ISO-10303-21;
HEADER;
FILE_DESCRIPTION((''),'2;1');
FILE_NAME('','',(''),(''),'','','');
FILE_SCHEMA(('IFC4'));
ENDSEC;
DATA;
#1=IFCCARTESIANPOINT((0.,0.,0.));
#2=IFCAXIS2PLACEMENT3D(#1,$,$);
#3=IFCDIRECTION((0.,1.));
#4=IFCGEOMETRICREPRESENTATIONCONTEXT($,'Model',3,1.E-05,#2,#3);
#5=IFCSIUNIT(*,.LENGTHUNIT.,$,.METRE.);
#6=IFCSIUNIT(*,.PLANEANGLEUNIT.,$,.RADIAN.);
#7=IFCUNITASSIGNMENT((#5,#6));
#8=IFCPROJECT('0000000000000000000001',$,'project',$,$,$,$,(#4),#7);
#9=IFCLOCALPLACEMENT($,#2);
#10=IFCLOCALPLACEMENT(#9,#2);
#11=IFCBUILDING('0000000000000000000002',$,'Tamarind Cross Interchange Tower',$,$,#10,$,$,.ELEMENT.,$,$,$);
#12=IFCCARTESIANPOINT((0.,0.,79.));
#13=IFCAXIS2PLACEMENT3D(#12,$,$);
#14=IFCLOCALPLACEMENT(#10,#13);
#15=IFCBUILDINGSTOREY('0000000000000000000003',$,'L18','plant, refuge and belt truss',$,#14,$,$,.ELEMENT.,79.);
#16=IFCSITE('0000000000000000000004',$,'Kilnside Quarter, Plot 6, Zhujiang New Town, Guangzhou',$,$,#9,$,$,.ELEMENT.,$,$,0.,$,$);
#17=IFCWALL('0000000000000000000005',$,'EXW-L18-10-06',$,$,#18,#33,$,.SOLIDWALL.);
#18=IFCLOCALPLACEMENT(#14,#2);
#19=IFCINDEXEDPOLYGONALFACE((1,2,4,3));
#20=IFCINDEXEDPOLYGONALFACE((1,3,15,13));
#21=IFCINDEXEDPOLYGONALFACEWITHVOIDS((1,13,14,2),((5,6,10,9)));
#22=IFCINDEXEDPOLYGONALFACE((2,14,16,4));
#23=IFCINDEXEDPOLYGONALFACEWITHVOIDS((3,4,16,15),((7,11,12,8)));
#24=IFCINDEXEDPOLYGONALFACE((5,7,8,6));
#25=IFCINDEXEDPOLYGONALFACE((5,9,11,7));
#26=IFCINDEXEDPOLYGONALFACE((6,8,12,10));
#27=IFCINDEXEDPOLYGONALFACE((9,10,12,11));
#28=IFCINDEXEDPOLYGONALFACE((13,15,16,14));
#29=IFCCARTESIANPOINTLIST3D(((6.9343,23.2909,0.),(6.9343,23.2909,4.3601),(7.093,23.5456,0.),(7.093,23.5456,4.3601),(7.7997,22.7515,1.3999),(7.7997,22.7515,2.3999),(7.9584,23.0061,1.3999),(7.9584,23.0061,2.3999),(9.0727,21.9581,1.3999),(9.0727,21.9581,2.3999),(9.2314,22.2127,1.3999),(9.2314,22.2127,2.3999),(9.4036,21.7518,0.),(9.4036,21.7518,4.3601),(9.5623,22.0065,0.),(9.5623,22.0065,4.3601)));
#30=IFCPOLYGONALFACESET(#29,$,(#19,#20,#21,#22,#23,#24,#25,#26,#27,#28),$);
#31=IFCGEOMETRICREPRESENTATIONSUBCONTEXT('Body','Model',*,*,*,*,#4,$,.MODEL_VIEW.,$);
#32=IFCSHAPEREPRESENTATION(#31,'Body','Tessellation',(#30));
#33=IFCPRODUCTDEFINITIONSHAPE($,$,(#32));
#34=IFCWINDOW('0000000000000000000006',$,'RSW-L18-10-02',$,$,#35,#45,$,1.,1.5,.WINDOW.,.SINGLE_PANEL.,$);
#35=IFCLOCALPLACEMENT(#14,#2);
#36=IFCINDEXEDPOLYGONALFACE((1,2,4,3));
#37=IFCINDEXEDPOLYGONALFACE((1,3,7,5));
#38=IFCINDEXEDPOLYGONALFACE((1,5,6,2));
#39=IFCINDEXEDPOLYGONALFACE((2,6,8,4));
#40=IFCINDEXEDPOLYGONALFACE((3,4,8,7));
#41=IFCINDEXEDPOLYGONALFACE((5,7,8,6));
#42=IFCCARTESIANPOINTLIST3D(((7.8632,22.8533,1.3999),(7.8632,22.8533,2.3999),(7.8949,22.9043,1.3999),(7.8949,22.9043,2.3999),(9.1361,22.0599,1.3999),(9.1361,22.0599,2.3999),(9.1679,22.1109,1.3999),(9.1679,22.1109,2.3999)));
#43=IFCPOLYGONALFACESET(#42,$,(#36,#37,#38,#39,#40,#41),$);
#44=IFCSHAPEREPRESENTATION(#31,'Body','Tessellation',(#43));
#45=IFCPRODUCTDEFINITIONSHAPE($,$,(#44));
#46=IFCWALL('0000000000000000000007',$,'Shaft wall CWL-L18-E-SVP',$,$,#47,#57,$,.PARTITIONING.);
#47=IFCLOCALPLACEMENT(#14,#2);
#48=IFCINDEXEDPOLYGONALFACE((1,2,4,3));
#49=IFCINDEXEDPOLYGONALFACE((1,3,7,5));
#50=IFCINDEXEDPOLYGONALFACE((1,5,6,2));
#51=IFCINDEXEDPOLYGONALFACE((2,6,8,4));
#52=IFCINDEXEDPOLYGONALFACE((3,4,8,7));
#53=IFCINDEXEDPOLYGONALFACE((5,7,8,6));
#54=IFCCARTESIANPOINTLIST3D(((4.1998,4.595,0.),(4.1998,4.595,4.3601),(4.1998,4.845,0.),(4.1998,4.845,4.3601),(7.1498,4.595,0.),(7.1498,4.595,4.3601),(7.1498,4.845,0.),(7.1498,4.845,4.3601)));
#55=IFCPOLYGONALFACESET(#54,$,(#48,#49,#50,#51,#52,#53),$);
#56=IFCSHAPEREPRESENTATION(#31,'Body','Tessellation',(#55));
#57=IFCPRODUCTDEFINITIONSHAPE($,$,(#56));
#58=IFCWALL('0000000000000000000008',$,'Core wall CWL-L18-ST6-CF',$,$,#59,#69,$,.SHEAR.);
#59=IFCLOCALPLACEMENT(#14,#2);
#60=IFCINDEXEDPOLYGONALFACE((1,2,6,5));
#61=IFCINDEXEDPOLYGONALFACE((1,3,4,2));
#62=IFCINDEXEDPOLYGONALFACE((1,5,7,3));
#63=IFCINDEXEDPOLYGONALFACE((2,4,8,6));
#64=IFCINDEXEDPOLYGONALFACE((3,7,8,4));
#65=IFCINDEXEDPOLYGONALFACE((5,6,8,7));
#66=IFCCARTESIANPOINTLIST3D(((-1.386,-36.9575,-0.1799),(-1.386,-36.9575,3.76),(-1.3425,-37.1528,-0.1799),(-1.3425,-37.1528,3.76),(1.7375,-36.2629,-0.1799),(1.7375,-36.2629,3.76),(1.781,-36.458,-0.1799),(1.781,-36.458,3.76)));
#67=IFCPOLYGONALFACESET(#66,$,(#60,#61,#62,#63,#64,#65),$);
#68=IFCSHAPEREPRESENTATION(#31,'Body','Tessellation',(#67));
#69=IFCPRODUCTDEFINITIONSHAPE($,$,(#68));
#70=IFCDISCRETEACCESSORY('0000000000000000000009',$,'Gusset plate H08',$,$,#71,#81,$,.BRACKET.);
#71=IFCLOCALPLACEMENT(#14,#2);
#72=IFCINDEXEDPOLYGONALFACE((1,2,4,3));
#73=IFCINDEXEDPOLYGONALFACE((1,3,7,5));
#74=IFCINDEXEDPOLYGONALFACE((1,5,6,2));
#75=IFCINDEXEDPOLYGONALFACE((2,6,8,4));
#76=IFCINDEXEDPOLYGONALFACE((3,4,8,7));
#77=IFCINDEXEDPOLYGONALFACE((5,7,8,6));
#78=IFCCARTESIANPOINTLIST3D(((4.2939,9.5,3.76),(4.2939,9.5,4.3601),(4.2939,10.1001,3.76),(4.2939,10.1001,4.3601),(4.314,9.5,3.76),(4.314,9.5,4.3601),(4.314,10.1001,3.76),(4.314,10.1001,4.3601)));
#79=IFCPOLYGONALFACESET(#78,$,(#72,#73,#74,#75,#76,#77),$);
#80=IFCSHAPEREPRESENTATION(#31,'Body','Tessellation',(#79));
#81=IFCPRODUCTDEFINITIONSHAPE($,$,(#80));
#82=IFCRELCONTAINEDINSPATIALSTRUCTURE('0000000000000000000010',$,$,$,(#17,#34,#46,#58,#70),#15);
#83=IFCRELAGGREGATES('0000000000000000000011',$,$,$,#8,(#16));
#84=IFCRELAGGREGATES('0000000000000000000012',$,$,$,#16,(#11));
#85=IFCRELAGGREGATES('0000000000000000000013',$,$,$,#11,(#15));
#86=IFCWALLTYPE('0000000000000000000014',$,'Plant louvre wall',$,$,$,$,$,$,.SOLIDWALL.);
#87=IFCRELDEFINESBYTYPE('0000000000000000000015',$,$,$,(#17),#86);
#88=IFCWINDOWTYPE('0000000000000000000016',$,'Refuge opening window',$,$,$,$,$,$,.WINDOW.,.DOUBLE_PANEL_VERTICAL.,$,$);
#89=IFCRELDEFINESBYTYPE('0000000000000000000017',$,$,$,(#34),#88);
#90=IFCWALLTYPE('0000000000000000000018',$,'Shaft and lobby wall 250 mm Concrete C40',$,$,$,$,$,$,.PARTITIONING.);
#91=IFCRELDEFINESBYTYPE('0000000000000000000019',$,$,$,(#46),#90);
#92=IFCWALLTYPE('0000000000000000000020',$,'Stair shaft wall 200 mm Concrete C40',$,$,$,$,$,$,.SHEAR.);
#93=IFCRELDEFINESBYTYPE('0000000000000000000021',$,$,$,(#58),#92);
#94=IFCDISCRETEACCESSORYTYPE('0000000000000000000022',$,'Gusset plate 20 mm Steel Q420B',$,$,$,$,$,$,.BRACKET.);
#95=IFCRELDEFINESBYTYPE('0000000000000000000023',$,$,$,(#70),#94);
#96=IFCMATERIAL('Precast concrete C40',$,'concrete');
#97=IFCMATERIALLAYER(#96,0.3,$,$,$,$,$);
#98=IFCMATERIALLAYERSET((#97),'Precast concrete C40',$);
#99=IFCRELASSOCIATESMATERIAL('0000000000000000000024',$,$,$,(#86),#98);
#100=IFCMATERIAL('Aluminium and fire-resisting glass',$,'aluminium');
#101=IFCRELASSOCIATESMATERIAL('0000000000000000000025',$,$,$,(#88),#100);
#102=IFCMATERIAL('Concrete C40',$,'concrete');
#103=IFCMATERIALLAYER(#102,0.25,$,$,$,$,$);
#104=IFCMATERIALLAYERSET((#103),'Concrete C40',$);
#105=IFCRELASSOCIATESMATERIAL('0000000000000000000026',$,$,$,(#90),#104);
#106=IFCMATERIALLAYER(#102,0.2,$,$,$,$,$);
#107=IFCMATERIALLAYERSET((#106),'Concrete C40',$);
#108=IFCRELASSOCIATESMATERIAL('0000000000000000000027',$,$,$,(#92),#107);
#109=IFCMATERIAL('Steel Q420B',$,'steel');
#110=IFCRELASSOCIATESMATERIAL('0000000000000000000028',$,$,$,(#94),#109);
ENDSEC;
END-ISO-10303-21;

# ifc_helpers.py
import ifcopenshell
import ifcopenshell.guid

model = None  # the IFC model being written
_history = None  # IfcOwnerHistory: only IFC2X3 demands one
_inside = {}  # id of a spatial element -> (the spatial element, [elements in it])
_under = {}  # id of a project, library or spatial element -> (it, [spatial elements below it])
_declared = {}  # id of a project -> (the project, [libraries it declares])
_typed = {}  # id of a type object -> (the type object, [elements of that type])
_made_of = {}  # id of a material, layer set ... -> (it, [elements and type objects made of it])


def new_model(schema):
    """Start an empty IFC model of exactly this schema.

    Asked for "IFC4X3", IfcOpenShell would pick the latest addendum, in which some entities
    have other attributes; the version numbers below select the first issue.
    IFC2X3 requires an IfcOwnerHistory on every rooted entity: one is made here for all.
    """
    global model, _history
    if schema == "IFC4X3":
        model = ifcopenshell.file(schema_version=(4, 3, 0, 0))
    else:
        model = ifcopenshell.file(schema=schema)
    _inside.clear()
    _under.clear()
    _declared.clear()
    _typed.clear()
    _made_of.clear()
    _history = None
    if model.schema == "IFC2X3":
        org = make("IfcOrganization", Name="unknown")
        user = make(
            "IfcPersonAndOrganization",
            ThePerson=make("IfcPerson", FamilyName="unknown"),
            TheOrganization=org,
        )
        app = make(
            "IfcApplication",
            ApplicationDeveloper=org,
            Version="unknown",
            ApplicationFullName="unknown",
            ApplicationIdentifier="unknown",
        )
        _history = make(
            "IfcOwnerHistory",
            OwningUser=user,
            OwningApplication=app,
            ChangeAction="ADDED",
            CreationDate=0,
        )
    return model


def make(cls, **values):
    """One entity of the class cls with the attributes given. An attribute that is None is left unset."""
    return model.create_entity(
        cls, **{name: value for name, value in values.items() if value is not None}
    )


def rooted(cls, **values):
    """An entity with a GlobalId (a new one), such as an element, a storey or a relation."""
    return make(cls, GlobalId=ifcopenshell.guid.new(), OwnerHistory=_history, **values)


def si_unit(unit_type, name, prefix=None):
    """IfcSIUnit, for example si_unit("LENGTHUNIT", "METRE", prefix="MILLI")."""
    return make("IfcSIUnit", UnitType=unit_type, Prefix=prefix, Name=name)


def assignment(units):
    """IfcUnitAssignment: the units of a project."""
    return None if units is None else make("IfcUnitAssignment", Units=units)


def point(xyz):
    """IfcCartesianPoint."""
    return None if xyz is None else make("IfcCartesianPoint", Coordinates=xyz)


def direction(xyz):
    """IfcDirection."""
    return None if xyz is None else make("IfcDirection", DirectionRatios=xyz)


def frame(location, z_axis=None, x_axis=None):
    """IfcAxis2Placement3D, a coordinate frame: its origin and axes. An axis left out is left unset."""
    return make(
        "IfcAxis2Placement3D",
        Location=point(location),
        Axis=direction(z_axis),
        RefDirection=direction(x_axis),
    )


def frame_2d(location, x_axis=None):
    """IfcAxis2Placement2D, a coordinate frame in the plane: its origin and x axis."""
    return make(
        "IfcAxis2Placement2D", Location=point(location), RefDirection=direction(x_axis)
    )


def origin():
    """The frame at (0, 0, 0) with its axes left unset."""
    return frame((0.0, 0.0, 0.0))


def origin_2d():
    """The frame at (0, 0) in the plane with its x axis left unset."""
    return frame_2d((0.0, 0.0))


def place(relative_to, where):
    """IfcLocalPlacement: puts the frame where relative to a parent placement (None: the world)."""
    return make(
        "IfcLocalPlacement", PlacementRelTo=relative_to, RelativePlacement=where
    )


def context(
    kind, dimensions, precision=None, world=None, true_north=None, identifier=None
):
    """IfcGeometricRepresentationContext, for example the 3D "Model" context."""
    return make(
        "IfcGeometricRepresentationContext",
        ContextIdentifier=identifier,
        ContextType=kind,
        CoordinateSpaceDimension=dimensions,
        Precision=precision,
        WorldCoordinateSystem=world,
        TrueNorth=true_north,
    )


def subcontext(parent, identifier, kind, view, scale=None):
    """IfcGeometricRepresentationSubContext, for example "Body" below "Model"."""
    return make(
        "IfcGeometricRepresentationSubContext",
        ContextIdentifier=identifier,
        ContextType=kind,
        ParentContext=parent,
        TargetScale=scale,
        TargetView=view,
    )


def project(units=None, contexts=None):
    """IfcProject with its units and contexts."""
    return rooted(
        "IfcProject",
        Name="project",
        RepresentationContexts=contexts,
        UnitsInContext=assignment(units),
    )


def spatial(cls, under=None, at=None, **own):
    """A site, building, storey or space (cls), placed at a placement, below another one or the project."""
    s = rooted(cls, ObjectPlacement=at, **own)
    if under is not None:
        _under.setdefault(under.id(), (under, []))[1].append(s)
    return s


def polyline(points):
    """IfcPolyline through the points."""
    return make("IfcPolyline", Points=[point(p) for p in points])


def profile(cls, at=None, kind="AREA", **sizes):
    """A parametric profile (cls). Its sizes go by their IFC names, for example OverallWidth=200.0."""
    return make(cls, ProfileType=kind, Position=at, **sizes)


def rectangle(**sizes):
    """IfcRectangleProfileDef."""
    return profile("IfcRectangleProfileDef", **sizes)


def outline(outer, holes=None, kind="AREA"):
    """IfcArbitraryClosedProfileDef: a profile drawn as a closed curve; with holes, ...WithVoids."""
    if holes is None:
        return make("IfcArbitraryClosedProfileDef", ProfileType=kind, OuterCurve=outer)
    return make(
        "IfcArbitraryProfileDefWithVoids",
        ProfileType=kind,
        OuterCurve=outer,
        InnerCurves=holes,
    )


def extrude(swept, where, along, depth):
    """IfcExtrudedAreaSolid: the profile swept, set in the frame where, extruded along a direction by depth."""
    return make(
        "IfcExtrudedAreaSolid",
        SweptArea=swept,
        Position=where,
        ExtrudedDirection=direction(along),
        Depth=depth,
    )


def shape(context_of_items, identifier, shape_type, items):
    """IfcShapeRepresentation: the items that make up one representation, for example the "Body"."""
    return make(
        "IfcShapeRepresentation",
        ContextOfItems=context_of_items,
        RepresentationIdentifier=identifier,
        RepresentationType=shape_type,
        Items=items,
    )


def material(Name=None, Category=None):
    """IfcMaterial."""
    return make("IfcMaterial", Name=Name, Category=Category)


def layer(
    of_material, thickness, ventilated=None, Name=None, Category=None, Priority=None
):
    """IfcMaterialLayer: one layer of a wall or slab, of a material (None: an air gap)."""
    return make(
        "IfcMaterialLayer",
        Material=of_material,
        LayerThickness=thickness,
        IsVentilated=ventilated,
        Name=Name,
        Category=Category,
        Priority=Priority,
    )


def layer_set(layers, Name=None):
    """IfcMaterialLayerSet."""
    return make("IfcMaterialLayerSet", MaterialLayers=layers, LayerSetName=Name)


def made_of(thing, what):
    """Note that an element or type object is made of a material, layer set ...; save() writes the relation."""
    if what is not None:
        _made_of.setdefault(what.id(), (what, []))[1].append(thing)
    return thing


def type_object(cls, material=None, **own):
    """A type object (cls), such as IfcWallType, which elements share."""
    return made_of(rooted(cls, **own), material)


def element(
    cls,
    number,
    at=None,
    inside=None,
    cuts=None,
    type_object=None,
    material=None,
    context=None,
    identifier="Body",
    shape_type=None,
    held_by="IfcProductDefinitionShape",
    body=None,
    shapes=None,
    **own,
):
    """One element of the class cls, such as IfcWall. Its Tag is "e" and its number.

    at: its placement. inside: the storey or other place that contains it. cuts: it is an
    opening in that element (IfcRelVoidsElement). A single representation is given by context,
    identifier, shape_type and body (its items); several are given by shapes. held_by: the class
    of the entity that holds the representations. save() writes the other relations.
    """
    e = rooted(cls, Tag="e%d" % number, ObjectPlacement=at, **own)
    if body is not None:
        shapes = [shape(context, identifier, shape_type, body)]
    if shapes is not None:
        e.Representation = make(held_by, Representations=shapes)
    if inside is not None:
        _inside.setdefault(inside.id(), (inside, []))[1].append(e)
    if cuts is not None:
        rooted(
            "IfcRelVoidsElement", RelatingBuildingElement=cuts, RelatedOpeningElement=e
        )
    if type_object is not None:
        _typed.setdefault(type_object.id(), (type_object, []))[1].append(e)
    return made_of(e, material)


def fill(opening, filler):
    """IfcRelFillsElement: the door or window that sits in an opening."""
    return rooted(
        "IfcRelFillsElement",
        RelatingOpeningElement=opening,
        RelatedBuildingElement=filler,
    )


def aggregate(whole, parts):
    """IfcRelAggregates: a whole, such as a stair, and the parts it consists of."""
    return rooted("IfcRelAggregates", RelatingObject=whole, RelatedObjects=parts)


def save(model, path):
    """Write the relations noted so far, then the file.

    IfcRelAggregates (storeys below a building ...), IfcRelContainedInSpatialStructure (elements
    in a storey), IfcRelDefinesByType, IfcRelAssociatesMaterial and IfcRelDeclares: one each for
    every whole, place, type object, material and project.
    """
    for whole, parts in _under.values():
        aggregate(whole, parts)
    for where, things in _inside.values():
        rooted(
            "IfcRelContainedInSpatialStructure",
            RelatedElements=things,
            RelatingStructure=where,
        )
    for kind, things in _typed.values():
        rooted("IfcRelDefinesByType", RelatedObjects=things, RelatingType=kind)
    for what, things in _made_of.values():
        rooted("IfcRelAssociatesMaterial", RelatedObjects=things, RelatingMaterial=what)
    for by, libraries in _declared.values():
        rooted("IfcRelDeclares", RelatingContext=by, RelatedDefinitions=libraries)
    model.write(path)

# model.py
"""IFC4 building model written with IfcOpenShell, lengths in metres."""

from ifc_helpers import new_model, si_unit, direction, frame, frame_2d, origin, origin_2d, place, context, subcontext, project, spatial, polyline, rectangle, outline, extrude, material, layer, layer_set, type_object, element, fill, save


model = new_model("IFC4")

# Units and contexts
model_context = context("Model", 3, precision=1e-05, world=origin(), true_north=direction((0.0, 1.0)))
body_context = subcontext(model_context, "Body", "Model", "MODEL_VIEW")
ifc_project = project(units=[si_unit("LENGTHUNIT", "METRE"), si_unit("PLANEANGLEUNIT", "RADIAN")], contexts=[model_context])

# Site, building, storey
site_placement = place(None, origin())
site = spatial("IfcSite", under=ifc_project, at=site_placement, Name="Kilnside Quarter, Plot 6, Zhujiang New Town, Guangzhou", CompositionType="ELEMENT", RefElevation=0.0)
building_placement = place(site_placement, origin())
building = spatial("IfcBuilding", under=site, at=building_placement, Name="Tamarind Cross Interchange Tower", CompositionType="ELEMENT")
storey_placement = place(building_placement, frame((0.0, 0.0, 79.0)))
storey = spatial("IfcBuildingStorey", under=building, at=storey_placement, Name="L18", Description="plant, refuge and belt truss", CompositionType="ELEMENT", Elevation=79.0)

# Shared definitions
ifc_material_1 = material(Name="Steel Q420B", Category="steel")

# Shared definitions
ifc_material_2 = material(Name="Concrete C40", Category="concrete")

# Wall, opening, window
ifc_material_3 = material(Name="Precast concrete C40", Category="concrete")
ifc_layer_1 = layer(ifc_material_3, 0.3)
ifc_layer_set_1 = layer_set([ifc_layer_1], Name="Precast concrete C40")
wall_type_1 = type_object("IfcWallType", Name="Plant louvre wall", PredefinedType="SOLIDWALL", material=ifc_layer_set_1)
wall_1_placement = place(storey_placement, frame((9.4829, 21.8792, 0.0), z_axis=(0.0, 0.0, 1.0), x_axis=(-0.848648, 0.528958, 0.0)))
wall_1 = element("IfcWall", 1, at=wall_1_placement, inside=storey, type_object=wall_type_1, Name="EXW-L18-10-06", PredefinedType="SOLIDWALL", context=body_context, shape_type="SweptSolid", body=[
    extrude(rectangle(XDim=2.9097, YDim=0.3, at=frame_2d((1.4548, 0.0))), origin(), (0.0, 0.0, 1.0), 4.3601),
])
opening_placement = place(wall_1_placement, frame((0.3899, 0.0, 1.3999)))
opening = element("IfcOpeningElement", 2, at=opening_placement, cuts=wall_1, PredefinedType="OPENING", context=body_context, shape_type="SweptSolid", body=[
    extrude(rectangle(XDim=1.5, YDim=1.0, at=frame_2d((0.75, 0.5))), frame((0.0, 0.1599, 0.0), z_axis=(0.0, -1.0, 0.0), x_axis=(1.0, 0.0, 0.0)), (0.0, 0.0, 1.0), 0.3201),
])
ifc_material_4 = material(Name="Aluminium and fire-resisting glass", Category="aluminium")
window_type = type_object("IfcWindowType", Name="Refuge opening window", PartitioningType="DOUBLE_PANEL_VERTICAL", PredefinedType="WINDOW", material=ifc_material_4)
window_placement = place(opening_placement, origin())
window = element("IfcWindow", 3, at=window_placement, inside=storey, type_object=window_type, Name="RSW-L18-10-02", OverallHeight=1.0, OverallWidth=1.5, PartitioningType="SINGLE_PANEL", PredefinedType="WINDOW", context=body_context, shape_type="SweptSolid", body=[
    extrude(rectangle(XDim=1.5, YDim=1.0, at=frame_2d((0.75, 0.5))), frame((0.0, 0.03, 0.0), z_axis=(0.0, -1.0, 0.0), x_axis=(1.0, 0.0, 0.0)), (0.0, 0.0, 1.0), 0.0601),
])
fill(opening, window)

# Walls
ifc_layer_2 = layer(ifc_material_2, 0.25)
ifc_layer_set_2 = layer_set([ifc_layer_2], Name="Concrete C40")
wall_type_2 = type_object("IfcWallType", Name="Shaft and lobby wall 250 mm Concrete C40", PredefinedType="PARTITIONING", material=ifc_layer_set_2)
wall_2_placement = place(storey_placement, frame((7.1499, 4.72, 0.0), z_axis=(0.0, 0.0, 1.0), x_axis=(-1.0, 0.0, 0.0)))
element("IfcWall", 4, at=wall_2_placement, inside=storey, type_object=wall_type_2, Name="Shaft wall CWL-L18-E-SVP", PredefinedType="PARTITIONING", context=body_context, shape_type="SweptSolid", body=[
    extrude(rectangle(XDim=2.95, YDim=0.25, at=frame_2d((1.4751, 0.0))), origin(), (0.0, 0.0, 1.0), 4.3601),
])
ifc_layer_3 = layer(ifc_material_2, 0.2)
ifc_layer_set_3 = layer_set([ifc_layer_3], Name="Concrete C40")
wall_type_3 = type_object("IfcWallType", Name="Stair shaft wall 200 mm Concrete C40", PredefinedType="SHEAR", material=ifc_layer_set_3)
wall_3_placement = place(storey_placement, frame((0.0, 0.0, -0.1799)))
element("IfcWall", 5, at=wall_3_placement, inside=storey, type_object=wall_type_3, Name="Core wall CWL-L18-ST6-CF", PredefinedType="SHEAR", context=body_context, shape_type="SweptSolid", body=[
    extrude(outline(polyline([(-1.386, -36.9575), (-1.3425, -37.1528), (1.781, -36.458), (1.7375, -36.2629), (-1.386, -36.9575)])), origin(), (0.0, 0.0, 1.0), 3.9399),
])

# Discrete accessory
discrete_accessory_type = type_object("IfcDiscreteAccessoryType", Name="Gusset plate 20 mm Steel Q420B", PredefinedType="BRACKET", material=ifc_material_1)
discrete_accessory_placement = place(storey_placement, frame((4.304, 9.8, 3.76), z_axis=(0.0, 0.0, 1.0), x_axis=(1.0, 0.0, 0.0)))
element("IfcDiscreteAccessory", 6, at=discrete_accessory_placement, inside=storey, type_object=discrete_accessory_type, Name="Gusset plate H08", PredefinedType="BRACKET", context=body_context, shape_type="SweptSolid", body=[
    extrude(rectangle(XDim=0.02, YDim=0.6001, at=origin_2d()), origin(), (0.0, 0.0, 1.0), 0.6001),
])

save(model, "model.ifc")
